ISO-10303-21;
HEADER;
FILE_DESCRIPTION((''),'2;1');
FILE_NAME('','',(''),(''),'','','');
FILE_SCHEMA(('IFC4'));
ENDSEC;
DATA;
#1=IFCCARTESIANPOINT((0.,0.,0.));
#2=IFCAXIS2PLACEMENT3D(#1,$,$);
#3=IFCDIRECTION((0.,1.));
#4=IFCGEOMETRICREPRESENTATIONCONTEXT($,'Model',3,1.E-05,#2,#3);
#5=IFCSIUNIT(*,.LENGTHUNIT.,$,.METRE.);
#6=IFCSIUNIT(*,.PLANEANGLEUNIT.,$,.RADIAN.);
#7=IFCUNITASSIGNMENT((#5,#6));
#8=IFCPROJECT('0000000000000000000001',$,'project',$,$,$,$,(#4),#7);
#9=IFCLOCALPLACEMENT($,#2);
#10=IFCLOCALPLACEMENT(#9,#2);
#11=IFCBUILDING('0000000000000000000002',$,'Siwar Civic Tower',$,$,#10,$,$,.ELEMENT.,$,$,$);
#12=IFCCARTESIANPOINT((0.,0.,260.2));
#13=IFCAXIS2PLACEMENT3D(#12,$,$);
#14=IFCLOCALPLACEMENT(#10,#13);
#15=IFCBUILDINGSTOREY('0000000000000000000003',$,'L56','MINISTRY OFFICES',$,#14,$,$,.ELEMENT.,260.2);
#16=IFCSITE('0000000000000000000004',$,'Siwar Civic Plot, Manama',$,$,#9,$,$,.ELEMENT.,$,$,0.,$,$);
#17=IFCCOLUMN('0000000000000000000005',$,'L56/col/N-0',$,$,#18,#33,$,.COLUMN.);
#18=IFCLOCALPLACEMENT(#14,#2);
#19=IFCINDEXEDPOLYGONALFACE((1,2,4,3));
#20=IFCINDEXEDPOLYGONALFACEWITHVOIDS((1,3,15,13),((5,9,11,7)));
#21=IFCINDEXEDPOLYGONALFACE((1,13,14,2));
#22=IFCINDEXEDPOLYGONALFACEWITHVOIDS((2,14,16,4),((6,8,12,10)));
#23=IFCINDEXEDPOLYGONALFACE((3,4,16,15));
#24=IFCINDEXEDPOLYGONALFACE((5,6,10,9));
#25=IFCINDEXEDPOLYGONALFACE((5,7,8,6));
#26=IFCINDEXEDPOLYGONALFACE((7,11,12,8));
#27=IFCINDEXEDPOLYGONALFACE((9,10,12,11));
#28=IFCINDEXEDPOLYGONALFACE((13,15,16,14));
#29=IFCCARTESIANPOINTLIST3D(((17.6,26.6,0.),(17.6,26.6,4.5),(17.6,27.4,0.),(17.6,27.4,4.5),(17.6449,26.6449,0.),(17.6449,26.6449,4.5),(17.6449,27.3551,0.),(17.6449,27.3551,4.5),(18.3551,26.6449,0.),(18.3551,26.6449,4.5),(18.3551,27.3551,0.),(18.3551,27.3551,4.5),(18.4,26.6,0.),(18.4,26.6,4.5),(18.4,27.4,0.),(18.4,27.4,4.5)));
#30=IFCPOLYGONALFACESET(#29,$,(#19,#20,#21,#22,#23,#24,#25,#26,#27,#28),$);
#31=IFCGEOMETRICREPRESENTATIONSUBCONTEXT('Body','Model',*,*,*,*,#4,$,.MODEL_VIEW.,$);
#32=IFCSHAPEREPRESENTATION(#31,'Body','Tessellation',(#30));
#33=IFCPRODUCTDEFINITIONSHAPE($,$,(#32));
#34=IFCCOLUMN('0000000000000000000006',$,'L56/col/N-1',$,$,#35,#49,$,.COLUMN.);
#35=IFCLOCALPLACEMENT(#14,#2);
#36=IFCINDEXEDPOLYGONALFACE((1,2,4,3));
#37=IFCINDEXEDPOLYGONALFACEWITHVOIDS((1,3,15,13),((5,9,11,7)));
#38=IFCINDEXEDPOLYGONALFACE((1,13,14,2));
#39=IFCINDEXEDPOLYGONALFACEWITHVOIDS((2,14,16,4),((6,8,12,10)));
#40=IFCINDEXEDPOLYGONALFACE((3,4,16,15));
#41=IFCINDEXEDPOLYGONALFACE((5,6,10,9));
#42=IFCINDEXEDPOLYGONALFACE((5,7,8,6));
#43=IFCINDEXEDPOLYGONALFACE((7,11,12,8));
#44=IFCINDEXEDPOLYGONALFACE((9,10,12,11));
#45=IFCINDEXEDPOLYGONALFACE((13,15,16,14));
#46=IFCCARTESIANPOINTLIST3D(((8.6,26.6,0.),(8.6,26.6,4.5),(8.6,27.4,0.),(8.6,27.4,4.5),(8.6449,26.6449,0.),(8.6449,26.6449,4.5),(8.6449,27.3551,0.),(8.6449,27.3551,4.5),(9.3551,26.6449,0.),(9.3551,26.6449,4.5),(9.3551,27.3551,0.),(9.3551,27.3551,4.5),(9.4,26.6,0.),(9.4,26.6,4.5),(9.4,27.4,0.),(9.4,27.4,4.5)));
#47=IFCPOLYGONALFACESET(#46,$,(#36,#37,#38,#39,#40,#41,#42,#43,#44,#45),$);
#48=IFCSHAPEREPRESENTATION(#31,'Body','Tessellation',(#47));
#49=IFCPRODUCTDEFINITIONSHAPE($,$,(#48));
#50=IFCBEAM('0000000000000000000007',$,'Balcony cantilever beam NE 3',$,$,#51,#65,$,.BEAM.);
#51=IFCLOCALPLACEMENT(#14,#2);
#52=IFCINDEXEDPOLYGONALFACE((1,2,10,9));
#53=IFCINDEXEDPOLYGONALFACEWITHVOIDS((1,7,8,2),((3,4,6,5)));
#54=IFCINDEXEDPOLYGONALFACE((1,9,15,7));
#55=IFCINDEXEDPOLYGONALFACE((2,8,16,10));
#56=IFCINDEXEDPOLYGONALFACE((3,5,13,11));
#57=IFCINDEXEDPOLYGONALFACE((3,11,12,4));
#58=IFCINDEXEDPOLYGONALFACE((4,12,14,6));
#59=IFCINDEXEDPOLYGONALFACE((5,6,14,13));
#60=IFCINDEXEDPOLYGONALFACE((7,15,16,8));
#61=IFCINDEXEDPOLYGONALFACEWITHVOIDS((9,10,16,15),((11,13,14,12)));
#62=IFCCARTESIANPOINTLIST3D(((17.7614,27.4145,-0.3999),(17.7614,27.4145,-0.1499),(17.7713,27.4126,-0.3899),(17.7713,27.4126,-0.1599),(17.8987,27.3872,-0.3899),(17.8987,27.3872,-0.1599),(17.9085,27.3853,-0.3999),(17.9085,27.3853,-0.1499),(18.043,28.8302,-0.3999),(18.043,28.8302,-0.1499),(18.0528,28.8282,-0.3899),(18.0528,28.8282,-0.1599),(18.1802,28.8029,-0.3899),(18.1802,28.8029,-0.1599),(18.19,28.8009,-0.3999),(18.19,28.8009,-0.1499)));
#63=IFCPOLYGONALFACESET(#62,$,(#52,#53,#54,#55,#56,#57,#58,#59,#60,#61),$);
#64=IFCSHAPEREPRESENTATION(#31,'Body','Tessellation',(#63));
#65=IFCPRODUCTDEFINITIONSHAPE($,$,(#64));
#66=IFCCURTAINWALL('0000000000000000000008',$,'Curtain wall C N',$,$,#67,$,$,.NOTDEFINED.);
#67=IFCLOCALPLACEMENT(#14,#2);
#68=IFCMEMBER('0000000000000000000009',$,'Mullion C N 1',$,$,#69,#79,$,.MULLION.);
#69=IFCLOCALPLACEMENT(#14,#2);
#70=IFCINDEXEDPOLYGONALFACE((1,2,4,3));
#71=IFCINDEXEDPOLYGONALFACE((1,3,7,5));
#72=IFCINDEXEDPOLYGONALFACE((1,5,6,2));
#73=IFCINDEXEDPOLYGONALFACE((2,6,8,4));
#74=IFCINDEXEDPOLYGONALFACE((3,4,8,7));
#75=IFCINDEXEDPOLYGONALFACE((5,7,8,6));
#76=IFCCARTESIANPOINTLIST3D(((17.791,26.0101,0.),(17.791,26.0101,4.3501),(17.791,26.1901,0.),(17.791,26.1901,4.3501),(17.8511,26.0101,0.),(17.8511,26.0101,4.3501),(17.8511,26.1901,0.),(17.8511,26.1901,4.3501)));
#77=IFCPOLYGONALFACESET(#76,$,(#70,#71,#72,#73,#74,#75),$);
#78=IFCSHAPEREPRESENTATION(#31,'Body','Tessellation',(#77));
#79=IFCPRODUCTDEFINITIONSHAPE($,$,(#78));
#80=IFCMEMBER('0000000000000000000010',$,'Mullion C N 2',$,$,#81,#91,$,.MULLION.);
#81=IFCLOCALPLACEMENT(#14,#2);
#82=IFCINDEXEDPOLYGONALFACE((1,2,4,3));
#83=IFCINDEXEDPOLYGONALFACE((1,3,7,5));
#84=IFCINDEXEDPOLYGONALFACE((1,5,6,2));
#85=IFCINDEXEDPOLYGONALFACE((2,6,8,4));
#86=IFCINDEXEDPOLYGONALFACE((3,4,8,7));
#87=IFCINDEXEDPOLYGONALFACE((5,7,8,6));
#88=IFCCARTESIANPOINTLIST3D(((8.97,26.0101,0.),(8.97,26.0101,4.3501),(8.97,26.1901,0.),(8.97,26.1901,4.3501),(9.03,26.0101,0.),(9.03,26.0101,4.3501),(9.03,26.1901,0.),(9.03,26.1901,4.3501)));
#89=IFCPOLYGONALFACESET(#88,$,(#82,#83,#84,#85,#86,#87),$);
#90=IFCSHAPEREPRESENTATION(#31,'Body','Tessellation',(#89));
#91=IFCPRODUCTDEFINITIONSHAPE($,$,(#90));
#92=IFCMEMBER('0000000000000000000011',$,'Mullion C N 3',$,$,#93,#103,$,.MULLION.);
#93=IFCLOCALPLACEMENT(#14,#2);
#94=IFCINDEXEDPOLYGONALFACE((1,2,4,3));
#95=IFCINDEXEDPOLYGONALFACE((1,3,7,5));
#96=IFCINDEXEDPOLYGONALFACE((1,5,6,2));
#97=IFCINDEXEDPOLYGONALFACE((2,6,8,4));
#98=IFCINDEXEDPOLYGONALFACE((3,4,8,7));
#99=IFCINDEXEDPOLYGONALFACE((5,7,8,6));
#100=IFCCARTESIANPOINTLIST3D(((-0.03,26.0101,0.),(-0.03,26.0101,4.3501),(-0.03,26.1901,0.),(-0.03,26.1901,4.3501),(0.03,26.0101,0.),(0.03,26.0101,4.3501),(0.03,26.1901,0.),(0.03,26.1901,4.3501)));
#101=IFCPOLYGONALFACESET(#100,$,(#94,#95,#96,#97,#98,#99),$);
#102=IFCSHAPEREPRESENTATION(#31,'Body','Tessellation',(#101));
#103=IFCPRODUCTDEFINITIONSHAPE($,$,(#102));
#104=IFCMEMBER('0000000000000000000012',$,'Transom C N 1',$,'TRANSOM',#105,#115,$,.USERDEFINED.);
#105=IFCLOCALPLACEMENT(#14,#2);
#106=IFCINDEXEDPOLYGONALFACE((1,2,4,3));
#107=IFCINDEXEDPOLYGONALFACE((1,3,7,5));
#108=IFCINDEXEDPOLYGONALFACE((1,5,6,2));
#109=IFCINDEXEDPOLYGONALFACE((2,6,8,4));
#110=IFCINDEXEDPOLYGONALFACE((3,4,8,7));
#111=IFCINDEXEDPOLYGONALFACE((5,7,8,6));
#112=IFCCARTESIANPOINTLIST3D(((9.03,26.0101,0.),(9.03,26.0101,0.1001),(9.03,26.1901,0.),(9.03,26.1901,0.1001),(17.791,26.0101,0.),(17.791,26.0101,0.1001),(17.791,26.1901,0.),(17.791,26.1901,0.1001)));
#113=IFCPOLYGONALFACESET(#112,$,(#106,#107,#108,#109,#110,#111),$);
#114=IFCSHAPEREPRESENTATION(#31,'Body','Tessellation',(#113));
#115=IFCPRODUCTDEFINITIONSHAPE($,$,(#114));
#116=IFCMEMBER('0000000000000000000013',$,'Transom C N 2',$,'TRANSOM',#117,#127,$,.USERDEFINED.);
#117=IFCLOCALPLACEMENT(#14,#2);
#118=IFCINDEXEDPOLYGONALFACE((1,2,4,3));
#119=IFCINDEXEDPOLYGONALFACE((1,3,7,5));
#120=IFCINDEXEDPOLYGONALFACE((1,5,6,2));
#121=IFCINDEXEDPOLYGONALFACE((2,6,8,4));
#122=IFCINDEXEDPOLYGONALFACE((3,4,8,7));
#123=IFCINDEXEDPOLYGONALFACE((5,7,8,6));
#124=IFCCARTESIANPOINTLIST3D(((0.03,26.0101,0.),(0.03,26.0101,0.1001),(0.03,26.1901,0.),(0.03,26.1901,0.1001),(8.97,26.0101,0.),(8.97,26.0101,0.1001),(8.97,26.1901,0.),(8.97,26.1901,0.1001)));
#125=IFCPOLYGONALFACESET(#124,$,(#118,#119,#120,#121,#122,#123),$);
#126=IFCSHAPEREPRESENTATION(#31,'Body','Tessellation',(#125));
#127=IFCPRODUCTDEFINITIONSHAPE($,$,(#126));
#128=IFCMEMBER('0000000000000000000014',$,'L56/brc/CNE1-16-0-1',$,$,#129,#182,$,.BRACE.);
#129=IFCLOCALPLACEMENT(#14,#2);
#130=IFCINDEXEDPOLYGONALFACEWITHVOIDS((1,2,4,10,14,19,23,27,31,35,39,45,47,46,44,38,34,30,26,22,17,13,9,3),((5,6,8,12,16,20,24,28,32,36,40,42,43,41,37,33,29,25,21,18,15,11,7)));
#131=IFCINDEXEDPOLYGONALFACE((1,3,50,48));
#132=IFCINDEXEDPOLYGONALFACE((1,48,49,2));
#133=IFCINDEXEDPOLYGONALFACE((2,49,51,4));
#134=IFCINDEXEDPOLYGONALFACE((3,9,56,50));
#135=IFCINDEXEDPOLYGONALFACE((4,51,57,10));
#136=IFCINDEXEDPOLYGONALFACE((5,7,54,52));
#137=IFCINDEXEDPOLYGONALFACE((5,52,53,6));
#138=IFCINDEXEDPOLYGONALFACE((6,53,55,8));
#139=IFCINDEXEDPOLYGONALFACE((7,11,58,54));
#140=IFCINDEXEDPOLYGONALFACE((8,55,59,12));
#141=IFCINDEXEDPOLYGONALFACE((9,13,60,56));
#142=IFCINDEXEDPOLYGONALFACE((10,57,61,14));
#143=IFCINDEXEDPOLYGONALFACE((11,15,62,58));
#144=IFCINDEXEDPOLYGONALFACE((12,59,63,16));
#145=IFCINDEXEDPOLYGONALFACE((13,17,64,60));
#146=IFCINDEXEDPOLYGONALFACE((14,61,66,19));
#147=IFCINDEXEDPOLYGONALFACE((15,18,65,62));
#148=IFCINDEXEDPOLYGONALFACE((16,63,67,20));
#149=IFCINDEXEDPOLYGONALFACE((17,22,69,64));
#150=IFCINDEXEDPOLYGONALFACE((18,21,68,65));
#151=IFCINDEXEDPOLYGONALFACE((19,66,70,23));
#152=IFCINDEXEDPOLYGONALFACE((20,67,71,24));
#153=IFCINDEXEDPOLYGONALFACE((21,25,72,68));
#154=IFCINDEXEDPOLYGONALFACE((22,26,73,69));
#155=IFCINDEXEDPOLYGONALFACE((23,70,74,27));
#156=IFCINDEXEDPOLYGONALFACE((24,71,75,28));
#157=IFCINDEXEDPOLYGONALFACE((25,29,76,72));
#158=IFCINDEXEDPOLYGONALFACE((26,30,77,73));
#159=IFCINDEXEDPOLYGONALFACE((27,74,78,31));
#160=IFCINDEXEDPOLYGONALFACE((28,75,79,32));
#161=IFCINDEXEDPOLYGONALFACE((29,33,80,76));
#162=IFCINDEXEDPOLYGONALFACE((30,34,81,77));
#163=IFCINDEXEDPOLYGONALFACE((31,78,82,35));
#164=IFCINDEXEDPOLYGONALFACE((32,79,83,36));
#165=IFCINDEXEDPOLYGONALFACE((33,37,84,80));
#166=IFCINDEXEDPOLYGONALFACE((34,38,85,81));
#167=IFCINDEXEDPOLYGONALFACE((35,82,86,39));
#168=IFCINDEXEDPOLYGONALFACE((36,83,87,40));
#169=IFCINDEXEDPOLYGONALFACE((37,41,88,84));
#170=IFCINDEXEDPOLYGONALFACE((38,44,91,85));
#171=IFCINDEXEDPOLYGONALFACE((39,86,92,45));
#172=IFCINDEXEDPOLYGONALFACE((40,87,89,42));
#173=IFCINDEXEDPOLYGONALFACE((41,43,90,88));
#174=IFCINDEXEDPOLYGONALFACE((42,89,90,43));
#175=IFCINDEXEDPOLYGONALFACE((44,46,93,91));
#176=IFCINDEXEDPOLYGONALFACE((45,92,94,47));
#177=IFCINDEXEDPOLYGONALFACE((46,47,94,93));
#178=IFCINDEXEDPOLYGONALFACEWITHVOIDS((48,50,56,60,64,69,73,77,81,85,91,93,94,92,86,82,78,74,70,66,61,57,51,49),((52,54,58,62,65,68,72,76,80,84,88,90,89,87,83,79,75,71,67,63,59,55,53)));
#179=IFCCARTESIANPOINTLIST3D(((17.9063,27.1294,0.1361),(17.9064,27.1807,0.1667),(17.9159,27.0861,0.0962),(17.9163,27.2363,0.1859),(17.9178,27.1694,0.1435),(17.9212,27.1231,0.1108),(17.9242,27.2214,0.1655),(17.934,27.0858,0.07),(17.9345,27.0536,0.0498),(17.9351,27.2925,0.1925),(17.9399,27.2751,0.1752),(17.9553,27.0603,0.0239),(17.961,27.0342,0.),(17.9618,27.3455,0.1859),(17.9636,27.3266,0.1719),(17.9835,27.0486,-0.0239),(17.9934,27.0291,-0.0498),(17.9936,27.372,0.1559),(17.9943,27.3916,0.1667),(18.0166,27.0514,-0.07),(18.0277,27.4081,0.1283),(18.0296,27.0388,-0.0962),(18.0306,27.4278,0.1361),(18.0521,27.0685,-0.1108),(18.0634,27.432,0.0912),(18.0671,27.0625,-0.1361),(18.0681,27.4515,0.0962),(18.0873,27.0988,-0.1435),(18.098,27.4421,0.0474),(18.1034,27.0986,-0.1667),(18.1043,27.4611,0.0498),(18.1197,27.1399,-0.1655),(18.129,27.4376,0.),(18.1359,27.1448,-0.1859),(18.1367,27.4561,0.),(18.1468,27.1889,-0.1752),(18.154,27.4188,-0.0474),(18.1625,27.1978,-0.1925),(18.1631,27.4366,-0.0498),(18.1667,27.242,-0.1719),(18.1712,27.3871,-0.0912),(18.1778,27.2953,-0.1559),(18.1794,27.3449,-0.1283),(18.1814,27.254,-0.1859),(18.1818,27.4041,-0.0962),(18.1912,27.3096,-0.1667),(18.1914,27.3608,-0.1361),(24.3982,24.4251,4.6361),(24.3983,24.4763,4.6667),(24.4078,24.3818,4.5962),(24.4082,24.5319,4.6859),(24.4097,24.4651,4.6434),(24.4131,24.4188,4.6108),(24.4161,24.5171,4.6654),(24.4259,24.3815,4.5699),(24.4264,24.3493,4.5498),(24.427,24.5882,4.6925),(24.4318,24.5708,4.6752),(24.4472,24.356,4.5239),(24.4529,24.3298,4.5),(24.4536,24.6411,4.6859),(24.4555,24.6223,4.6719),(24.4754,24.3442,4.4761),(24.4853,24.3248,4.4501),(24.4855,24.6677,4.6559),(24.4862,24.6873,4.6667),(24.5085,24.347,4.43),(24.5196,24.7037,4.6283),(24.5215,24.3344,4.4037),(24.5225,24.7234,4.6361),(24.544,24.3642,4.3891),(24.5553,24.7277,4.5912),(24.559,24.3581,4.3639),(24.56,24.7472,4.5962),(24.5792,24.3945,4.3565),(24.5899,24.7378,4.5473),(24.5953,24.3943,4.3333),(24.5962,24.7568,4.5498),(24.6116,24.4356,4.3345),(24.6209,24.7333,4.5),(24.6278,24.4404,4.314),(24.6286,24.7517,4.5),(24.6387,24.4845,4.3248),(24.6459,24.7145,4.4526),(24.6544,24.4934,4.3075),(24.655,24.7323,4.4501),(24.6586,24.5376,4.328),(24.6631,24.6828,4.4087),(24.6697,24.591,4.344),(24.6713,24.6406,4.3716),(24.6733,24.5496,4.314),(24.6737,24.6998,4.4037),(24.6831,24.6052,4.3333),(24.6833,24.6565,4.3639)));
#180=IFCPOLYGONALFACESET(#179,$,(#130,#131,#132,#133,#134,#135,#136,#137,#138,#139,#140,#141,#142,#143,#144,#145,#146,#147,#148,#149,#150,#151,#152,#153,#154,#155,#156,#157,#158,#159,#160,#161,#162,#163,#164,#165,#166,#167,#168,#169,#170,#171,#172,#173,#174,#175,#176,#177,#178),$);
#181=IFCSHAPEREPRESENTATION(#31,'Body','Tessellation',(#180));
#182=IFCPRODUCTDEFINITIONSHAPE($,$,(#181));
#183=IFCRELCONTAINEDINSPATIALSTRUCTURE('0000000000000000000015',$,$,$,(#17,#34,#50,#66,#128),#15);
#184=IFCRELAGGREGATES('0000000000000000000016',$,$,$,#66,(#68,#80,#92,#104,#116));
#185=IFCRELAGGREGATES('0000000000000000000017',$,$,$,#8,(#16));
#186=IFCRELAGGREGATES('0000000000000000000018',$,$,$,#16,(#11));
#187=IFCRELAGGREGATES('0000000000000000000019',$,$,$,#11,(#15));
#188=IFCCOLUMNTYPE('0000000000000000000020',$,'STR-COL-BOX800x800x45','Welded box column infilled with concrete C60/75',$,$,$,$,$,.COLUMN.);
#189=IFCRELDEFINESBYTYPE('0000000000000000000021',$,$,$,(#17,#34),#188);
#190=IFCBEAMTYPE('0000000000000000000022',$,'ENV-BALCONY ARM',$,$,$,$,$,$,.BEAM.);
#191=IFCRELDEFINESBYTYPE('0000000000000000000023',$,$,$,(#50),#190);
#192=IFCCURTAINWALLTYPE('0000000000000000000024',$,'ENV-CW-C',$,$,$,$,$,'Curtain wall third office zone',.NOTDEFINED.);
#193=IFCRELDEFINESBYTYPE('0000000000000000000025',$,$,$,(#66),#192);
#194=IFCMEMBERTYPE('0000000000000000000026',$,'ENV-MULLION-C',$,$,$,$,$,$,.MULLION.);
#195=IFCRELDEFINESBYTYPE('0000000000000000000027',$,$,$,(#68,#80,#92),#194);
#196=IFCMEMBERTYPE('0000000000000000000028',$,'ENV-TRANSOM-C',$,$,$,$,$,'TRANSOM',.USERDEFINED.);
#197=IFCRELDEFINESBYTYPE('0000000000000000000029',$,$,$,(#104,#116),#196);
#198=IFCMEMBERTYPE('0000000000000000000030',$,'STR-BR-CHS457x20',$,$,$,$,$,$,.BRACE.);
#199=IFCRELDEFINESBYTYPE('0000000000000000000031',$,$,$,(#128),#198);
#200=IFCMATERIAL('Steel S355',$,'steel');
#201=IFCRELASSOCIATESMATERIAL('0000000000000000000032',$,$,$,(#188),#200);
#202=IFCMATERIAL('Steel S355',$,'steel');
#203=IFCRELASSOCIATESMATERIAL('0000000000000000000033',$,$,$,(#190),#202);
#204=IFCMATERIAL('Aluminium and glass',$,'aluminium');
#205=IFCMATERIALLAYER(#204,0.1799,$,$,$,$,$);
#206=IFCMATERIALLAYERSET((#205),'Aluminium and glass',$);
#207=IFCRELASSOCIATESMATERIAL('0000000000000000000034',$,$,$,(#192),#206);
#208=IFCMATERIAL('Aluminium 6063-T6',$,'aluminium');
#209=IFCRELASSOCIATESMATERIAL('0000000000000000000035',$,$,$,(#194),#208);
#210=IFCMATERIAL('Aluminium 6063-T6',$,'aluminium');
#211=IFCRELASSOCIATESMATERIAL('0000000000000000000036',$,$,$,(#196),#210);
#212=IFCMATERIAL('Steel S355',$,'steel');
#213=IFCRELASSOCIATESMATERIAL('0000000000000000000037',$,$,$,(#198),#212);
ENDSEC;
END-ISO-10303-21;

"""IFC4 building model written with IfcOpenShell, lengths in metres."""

from ifc_helpers import new_model, si_unit, direction, frame, origin, origin_2d, place, context, subcontext, project, spatial, rectangle, hollow_rectangle, hollow_circle, extrude, material, layer, layer_set, material_profile, profile_set, type_object, element, aggregate, save


model = new_model("IFC4")

# Units and contexts
model_context = context("Model", 3, precision=1e-05, world=origin(), true_north=direction((0.0, 1.0)))
body_context = subcontext(model_context, "Body", "Model", "MODEL_VIEW")
ifc_project = project(units=[si_unit("LENGTHUNIT", "METRE"), si_unit("PLANEANGLEUNIT", "RADIAN")], contexts=[model_context])

# Site, building, storey
site_placement = place(None, origin())
site = spatial("IfcSite", under=ifc_project, at=site_placement, Name="Siwar Civic Plot, Manama", CompositionType="ELEMENT", RefElevation=0.0)
building_placement = place(site_placement, origin())
building = spatial("IfcBuilding", under=site, at=building_placement, Name="Siwar Civic Tower", CompositionType="ELEMENT")
storey_placement = place(building_placement, frame((0.0, 0.0, 260.2)))
storey = spatial("IfcBuildingStorey", under=building, at=storey_placement, Name="L56", Description="MINISTRY OFFICES", CompositionType="ELEMENT", Elevation=260.2)

# Columns
ifc_material_1 = material(Name="Steel S355", Category="steel")
ifc_material_profile_1 = material_profile(ifc_material_1, hollow_rectangle(XDim=0.8, YDim=0.8, WallThickness=0.0449, at=origin_2d()), Name="BOX800x800x45")
ifc_profile_set_1 = profile_set([ifc_material_profile_1], Name="Steel S355")
column_type = type_object("IfcColumnType", Name="STR-COL-BOX800x800x45", Description="Welded box column infilled with concrete C60/75", PredefinedType="COLUMN", material=ifc_profile_set_1)
for number, where, z_axis, x_axis, name in (
    (1, (18.0, 27.0, 0.0), (0.0, 0.0, 1.0), (1.0, 0.0, 0.0), "L56/col/N-0"),
    (2, (9.0, 27.0, 0.0), (0.0, 0.0, 1.0), (1.0, 0.0, 0.0), "L56/col/N-1"),
):
    element("IfcColumn", number, at=place(storey_placement, frame(where, z_axis=z_axis, x_axis=x_axis)), inside=storey, type_object=column_type, Name=name, PredefinedType="COLUMN", context=body_context, shape_type="SweptSolid", body=[
        extrude(hollow_rectangle(XDim=0.8, YDim=0.8, WallThickness=0.0449, at=origin_2d()), origin(), (0.0, 0.0, 1.0), 4.5),
    ])

# Beam
ifc_material_2 = material(Name="Steel S355", Category="steel")
ifc_material_profile_2 = material_profile(ifc_material_2, hollow_rectangle(XDim=0.1499, YDim=0.25, WallThickness=0.01, at=origin_2d()), Name="RHS250x150x10")
ifc_profile_set_2 = profile_set([ifc_material_profile_2], Name="Steel S355")
beam_type_1 = type_object("IfcBeamType", Name="ENV-BALCONY ARM", PredefinedType="BEAM", material=ifc_profile_set_2)
beam_placement = place(storey_placement, frame((17.835, 27.3999, -0.2749), z_axis=(0.195042, 0.980795, 0.0), x_axis=(-0.980795, 0.195042, 0.0)))
element("IfcBeam", 3, at=beam_placement, inside=storey, type_object=beam_type_1, Name="Balcony cantilever beam NE 3", PredefinedType="BEAM", context=body_context, shape_type="SweptSolid", body=[
    extrude(hollow_rectangle(XDim=0.1499, YDim=0.25, WallThickness=0.01, at=origin_2d()), origin(), (0.0, 0.0, 1.0), 1.4434),
])

# Curtain wall, members
ifc_material_3 = material(Name="Aluminium and glass", Category="aluminium")
ifc_layer_1 = layer(ifc_material_3, 0.1799)
ifc_layer_set_1 = layer_set([ifc_layer_1], Name="Aluminium and glass")
curtain_wall_type = type_object("IfcCurtainWallType", Name="ENV-CW-C", ElementType="Curtain wall third office zone", PredefinedType="NOTDEFINED", material=ifc_layer_set_1)
curtain_wall_placement = place(storey_placement, origin())
curtain_wall = element("IfcCurtainWall", 4, at=curtain_wall_placement, inside=storey, type_object=curtain_wall_type, Name="Curtain wall C N", PredefinedType="NOTDEFINED")
ifc_material_4 = material(Name="Aluminium 6063-T6", Category="aluminium")
ifc_material_profile_3 = material_profile(ifc_material_4, rectangle(XDim=0.1799, YDim=0.0601, at=origin_2d()), Name="AL 180x60")
ifc_profile_set_3 = profile_set([ifc_material_profile_3], Name="Aluminium 6063-T6")
member_type_1 = type_object("IfcMemberType", Name="ENV-MULLION-C", PredefinedType="MULLION", material=ifc_profile_set_3)
member_1_placement = place(storey_placement, frame((17.821, 26.1001, 0.0), z_axis=(0.0, 0.0, 1.0), x_axis=(0.0, -1.0, 0.0)))
member_1 = element("IfcMember", 5, at=member_1_placement, type_object=member_type_1, Name="Mullion C N 1", PredefinedType="MULLION", context=body_context, shape_type="SweptSolid", body=[
    extrude(rectangle(XDim=0.1799, YDim=0.0601, at=origin_2d()), origin(), (0.0, 0.0, 1.0), 4.3501),
])
member_2_placement = place(storey_placement, frame((9.0, 26.1001, 0.0), z_axis=(0.0, 0.0, 1.0), x_axis=(0.0, -1.0, 0.0)))
member_2 = element("IfcMember", 6, at=member_2_placement, type_object=member_type_1, Name="Mullion C N 2", PredefinedType="MULLION", context=body_context, shape_type="SweptSolid", body=[
    extrude(rectangle(XDim=0.1799, YDim=0.0601, at=origin_2d()), origin(), (0.0, 0.0, 1.0), 4.3501),
])
member_3_placement = place(storey_placement, frame((0.0, 26.1001, 0.0), z_axis=(0.0, 0.0, 1.0), x_axis=(0.0, -1.0, 0.0)))
member_3 = element("IfcMember", 7, at=member_3_placement, type_object=member_type_1, Name="Mullion C N 3", PredefinedType="MULLION", context=body_context, shape_type="SweptSolid", body=[
    extrude(rectangle(XDim=0.1799, YDim=0.0601, at=origin_2d()), origin(), (0.0, 0.0, 1.0), 4.3501),
])
ifc_material_5 = material(Name="Aluminium 6063-T6", Category="aluminium")
ifc_material_profile_4 = material_profile(ifc_material_5, rectangle(XDim=0.1799, YDim=0.1001, at=origin_2d()), Name="AL 180x100")
ifc_profile_set_4 = profile_set([ifc_material_profile_4], Name="Aluminium 6063-T6")
member_type_2 = type_object("IfcMemberType", Name="ENV-TRANSOM-C", ElementType="TRANSOM", PredefinedType="USERDEFINED", material=ifc_profile_set_4)
member_4_placement = place(storey_placement, frame((17.791, 26.1001, 0.05), z_axis=(-1.0, 0.0, 0.0), x_axis=(0.0, -1.0, 0.0)))
member_4 = element("IfcMember", 8, at=member_4_placement, type_object=member_type_2, Name="Transom C N 1", ObjectType="TRANSOM", PredefinedType="USERDEFINED", context=body_context, shape_type="SweptSolid", body=[
    extrude(rectangle(XDim=0.1799, YDim=0.1001, at=origin_2d()), origin(), (0.0, 0.0, 1.0), 8.761),
])
member_5_placement = place(storey_placement, frame((8.97, 26.1001, 0.05), z_axis=(-1.0, 0.0, 0.0), x_axis=(0.0, -1.0, 0.0)))
member_5 = element("IfcMember", 9, at=member_5_placement, type_object=member_type_2, Name="Transom C N 2", ObjectType="TRANSOM", PredefinedType="USERDEFINED", context=body_context, shape_type="SweptSolid", body=[
    extrude(rectangle(XDim=0.1799, YDim=0.1001, at=origin_2d()), origin(), (0.0, 0.0, 1.0), 8.9399),
])

# Member
ifc_material_6 = material(Name="Steel S355", Category="steel")
ifc_material_profile_5 = material_profile(ifc_material_6, hollow_circle(Radius=0.2285, WallThickness=0.02, at=origin_2d()), Name="CHS457x20")
ifc_profile_set_5 = profile_set([ifc_material_profile_5], Name="Steel S355")
member_type_3 = type_object("IfcMemberType", Name="STR-BR-CHS457x20", PredefinedType="BRACE", material=ifc_profile_set_5)
member_6_placement = place(storey_placement, frame((18.0488, 27.2451, 0.0), z_axis=(0.777555, -0.323906, 0.538975), x_axis=(0.384539, 0.923109, 0.0)))
element("IfcMember", 10, at=member_6_placement, inside=storey, type_object=member_type_3, Name="L56/brc/CNE1-16-0-1", PredefinedType="BRACE", context=body_context, shape_type="SweptSolid", body=[
    extrude(hollow_circle(Radius=0.2285, WallThickness=0.02, at=origin_2d()), origin(), (0.0, 0.0, 1.0), 8.3491),
])

aggregate(curtain_wall, [member_1, member_2, member_3, member_4, member_5])

save(model, "model.ifc")
